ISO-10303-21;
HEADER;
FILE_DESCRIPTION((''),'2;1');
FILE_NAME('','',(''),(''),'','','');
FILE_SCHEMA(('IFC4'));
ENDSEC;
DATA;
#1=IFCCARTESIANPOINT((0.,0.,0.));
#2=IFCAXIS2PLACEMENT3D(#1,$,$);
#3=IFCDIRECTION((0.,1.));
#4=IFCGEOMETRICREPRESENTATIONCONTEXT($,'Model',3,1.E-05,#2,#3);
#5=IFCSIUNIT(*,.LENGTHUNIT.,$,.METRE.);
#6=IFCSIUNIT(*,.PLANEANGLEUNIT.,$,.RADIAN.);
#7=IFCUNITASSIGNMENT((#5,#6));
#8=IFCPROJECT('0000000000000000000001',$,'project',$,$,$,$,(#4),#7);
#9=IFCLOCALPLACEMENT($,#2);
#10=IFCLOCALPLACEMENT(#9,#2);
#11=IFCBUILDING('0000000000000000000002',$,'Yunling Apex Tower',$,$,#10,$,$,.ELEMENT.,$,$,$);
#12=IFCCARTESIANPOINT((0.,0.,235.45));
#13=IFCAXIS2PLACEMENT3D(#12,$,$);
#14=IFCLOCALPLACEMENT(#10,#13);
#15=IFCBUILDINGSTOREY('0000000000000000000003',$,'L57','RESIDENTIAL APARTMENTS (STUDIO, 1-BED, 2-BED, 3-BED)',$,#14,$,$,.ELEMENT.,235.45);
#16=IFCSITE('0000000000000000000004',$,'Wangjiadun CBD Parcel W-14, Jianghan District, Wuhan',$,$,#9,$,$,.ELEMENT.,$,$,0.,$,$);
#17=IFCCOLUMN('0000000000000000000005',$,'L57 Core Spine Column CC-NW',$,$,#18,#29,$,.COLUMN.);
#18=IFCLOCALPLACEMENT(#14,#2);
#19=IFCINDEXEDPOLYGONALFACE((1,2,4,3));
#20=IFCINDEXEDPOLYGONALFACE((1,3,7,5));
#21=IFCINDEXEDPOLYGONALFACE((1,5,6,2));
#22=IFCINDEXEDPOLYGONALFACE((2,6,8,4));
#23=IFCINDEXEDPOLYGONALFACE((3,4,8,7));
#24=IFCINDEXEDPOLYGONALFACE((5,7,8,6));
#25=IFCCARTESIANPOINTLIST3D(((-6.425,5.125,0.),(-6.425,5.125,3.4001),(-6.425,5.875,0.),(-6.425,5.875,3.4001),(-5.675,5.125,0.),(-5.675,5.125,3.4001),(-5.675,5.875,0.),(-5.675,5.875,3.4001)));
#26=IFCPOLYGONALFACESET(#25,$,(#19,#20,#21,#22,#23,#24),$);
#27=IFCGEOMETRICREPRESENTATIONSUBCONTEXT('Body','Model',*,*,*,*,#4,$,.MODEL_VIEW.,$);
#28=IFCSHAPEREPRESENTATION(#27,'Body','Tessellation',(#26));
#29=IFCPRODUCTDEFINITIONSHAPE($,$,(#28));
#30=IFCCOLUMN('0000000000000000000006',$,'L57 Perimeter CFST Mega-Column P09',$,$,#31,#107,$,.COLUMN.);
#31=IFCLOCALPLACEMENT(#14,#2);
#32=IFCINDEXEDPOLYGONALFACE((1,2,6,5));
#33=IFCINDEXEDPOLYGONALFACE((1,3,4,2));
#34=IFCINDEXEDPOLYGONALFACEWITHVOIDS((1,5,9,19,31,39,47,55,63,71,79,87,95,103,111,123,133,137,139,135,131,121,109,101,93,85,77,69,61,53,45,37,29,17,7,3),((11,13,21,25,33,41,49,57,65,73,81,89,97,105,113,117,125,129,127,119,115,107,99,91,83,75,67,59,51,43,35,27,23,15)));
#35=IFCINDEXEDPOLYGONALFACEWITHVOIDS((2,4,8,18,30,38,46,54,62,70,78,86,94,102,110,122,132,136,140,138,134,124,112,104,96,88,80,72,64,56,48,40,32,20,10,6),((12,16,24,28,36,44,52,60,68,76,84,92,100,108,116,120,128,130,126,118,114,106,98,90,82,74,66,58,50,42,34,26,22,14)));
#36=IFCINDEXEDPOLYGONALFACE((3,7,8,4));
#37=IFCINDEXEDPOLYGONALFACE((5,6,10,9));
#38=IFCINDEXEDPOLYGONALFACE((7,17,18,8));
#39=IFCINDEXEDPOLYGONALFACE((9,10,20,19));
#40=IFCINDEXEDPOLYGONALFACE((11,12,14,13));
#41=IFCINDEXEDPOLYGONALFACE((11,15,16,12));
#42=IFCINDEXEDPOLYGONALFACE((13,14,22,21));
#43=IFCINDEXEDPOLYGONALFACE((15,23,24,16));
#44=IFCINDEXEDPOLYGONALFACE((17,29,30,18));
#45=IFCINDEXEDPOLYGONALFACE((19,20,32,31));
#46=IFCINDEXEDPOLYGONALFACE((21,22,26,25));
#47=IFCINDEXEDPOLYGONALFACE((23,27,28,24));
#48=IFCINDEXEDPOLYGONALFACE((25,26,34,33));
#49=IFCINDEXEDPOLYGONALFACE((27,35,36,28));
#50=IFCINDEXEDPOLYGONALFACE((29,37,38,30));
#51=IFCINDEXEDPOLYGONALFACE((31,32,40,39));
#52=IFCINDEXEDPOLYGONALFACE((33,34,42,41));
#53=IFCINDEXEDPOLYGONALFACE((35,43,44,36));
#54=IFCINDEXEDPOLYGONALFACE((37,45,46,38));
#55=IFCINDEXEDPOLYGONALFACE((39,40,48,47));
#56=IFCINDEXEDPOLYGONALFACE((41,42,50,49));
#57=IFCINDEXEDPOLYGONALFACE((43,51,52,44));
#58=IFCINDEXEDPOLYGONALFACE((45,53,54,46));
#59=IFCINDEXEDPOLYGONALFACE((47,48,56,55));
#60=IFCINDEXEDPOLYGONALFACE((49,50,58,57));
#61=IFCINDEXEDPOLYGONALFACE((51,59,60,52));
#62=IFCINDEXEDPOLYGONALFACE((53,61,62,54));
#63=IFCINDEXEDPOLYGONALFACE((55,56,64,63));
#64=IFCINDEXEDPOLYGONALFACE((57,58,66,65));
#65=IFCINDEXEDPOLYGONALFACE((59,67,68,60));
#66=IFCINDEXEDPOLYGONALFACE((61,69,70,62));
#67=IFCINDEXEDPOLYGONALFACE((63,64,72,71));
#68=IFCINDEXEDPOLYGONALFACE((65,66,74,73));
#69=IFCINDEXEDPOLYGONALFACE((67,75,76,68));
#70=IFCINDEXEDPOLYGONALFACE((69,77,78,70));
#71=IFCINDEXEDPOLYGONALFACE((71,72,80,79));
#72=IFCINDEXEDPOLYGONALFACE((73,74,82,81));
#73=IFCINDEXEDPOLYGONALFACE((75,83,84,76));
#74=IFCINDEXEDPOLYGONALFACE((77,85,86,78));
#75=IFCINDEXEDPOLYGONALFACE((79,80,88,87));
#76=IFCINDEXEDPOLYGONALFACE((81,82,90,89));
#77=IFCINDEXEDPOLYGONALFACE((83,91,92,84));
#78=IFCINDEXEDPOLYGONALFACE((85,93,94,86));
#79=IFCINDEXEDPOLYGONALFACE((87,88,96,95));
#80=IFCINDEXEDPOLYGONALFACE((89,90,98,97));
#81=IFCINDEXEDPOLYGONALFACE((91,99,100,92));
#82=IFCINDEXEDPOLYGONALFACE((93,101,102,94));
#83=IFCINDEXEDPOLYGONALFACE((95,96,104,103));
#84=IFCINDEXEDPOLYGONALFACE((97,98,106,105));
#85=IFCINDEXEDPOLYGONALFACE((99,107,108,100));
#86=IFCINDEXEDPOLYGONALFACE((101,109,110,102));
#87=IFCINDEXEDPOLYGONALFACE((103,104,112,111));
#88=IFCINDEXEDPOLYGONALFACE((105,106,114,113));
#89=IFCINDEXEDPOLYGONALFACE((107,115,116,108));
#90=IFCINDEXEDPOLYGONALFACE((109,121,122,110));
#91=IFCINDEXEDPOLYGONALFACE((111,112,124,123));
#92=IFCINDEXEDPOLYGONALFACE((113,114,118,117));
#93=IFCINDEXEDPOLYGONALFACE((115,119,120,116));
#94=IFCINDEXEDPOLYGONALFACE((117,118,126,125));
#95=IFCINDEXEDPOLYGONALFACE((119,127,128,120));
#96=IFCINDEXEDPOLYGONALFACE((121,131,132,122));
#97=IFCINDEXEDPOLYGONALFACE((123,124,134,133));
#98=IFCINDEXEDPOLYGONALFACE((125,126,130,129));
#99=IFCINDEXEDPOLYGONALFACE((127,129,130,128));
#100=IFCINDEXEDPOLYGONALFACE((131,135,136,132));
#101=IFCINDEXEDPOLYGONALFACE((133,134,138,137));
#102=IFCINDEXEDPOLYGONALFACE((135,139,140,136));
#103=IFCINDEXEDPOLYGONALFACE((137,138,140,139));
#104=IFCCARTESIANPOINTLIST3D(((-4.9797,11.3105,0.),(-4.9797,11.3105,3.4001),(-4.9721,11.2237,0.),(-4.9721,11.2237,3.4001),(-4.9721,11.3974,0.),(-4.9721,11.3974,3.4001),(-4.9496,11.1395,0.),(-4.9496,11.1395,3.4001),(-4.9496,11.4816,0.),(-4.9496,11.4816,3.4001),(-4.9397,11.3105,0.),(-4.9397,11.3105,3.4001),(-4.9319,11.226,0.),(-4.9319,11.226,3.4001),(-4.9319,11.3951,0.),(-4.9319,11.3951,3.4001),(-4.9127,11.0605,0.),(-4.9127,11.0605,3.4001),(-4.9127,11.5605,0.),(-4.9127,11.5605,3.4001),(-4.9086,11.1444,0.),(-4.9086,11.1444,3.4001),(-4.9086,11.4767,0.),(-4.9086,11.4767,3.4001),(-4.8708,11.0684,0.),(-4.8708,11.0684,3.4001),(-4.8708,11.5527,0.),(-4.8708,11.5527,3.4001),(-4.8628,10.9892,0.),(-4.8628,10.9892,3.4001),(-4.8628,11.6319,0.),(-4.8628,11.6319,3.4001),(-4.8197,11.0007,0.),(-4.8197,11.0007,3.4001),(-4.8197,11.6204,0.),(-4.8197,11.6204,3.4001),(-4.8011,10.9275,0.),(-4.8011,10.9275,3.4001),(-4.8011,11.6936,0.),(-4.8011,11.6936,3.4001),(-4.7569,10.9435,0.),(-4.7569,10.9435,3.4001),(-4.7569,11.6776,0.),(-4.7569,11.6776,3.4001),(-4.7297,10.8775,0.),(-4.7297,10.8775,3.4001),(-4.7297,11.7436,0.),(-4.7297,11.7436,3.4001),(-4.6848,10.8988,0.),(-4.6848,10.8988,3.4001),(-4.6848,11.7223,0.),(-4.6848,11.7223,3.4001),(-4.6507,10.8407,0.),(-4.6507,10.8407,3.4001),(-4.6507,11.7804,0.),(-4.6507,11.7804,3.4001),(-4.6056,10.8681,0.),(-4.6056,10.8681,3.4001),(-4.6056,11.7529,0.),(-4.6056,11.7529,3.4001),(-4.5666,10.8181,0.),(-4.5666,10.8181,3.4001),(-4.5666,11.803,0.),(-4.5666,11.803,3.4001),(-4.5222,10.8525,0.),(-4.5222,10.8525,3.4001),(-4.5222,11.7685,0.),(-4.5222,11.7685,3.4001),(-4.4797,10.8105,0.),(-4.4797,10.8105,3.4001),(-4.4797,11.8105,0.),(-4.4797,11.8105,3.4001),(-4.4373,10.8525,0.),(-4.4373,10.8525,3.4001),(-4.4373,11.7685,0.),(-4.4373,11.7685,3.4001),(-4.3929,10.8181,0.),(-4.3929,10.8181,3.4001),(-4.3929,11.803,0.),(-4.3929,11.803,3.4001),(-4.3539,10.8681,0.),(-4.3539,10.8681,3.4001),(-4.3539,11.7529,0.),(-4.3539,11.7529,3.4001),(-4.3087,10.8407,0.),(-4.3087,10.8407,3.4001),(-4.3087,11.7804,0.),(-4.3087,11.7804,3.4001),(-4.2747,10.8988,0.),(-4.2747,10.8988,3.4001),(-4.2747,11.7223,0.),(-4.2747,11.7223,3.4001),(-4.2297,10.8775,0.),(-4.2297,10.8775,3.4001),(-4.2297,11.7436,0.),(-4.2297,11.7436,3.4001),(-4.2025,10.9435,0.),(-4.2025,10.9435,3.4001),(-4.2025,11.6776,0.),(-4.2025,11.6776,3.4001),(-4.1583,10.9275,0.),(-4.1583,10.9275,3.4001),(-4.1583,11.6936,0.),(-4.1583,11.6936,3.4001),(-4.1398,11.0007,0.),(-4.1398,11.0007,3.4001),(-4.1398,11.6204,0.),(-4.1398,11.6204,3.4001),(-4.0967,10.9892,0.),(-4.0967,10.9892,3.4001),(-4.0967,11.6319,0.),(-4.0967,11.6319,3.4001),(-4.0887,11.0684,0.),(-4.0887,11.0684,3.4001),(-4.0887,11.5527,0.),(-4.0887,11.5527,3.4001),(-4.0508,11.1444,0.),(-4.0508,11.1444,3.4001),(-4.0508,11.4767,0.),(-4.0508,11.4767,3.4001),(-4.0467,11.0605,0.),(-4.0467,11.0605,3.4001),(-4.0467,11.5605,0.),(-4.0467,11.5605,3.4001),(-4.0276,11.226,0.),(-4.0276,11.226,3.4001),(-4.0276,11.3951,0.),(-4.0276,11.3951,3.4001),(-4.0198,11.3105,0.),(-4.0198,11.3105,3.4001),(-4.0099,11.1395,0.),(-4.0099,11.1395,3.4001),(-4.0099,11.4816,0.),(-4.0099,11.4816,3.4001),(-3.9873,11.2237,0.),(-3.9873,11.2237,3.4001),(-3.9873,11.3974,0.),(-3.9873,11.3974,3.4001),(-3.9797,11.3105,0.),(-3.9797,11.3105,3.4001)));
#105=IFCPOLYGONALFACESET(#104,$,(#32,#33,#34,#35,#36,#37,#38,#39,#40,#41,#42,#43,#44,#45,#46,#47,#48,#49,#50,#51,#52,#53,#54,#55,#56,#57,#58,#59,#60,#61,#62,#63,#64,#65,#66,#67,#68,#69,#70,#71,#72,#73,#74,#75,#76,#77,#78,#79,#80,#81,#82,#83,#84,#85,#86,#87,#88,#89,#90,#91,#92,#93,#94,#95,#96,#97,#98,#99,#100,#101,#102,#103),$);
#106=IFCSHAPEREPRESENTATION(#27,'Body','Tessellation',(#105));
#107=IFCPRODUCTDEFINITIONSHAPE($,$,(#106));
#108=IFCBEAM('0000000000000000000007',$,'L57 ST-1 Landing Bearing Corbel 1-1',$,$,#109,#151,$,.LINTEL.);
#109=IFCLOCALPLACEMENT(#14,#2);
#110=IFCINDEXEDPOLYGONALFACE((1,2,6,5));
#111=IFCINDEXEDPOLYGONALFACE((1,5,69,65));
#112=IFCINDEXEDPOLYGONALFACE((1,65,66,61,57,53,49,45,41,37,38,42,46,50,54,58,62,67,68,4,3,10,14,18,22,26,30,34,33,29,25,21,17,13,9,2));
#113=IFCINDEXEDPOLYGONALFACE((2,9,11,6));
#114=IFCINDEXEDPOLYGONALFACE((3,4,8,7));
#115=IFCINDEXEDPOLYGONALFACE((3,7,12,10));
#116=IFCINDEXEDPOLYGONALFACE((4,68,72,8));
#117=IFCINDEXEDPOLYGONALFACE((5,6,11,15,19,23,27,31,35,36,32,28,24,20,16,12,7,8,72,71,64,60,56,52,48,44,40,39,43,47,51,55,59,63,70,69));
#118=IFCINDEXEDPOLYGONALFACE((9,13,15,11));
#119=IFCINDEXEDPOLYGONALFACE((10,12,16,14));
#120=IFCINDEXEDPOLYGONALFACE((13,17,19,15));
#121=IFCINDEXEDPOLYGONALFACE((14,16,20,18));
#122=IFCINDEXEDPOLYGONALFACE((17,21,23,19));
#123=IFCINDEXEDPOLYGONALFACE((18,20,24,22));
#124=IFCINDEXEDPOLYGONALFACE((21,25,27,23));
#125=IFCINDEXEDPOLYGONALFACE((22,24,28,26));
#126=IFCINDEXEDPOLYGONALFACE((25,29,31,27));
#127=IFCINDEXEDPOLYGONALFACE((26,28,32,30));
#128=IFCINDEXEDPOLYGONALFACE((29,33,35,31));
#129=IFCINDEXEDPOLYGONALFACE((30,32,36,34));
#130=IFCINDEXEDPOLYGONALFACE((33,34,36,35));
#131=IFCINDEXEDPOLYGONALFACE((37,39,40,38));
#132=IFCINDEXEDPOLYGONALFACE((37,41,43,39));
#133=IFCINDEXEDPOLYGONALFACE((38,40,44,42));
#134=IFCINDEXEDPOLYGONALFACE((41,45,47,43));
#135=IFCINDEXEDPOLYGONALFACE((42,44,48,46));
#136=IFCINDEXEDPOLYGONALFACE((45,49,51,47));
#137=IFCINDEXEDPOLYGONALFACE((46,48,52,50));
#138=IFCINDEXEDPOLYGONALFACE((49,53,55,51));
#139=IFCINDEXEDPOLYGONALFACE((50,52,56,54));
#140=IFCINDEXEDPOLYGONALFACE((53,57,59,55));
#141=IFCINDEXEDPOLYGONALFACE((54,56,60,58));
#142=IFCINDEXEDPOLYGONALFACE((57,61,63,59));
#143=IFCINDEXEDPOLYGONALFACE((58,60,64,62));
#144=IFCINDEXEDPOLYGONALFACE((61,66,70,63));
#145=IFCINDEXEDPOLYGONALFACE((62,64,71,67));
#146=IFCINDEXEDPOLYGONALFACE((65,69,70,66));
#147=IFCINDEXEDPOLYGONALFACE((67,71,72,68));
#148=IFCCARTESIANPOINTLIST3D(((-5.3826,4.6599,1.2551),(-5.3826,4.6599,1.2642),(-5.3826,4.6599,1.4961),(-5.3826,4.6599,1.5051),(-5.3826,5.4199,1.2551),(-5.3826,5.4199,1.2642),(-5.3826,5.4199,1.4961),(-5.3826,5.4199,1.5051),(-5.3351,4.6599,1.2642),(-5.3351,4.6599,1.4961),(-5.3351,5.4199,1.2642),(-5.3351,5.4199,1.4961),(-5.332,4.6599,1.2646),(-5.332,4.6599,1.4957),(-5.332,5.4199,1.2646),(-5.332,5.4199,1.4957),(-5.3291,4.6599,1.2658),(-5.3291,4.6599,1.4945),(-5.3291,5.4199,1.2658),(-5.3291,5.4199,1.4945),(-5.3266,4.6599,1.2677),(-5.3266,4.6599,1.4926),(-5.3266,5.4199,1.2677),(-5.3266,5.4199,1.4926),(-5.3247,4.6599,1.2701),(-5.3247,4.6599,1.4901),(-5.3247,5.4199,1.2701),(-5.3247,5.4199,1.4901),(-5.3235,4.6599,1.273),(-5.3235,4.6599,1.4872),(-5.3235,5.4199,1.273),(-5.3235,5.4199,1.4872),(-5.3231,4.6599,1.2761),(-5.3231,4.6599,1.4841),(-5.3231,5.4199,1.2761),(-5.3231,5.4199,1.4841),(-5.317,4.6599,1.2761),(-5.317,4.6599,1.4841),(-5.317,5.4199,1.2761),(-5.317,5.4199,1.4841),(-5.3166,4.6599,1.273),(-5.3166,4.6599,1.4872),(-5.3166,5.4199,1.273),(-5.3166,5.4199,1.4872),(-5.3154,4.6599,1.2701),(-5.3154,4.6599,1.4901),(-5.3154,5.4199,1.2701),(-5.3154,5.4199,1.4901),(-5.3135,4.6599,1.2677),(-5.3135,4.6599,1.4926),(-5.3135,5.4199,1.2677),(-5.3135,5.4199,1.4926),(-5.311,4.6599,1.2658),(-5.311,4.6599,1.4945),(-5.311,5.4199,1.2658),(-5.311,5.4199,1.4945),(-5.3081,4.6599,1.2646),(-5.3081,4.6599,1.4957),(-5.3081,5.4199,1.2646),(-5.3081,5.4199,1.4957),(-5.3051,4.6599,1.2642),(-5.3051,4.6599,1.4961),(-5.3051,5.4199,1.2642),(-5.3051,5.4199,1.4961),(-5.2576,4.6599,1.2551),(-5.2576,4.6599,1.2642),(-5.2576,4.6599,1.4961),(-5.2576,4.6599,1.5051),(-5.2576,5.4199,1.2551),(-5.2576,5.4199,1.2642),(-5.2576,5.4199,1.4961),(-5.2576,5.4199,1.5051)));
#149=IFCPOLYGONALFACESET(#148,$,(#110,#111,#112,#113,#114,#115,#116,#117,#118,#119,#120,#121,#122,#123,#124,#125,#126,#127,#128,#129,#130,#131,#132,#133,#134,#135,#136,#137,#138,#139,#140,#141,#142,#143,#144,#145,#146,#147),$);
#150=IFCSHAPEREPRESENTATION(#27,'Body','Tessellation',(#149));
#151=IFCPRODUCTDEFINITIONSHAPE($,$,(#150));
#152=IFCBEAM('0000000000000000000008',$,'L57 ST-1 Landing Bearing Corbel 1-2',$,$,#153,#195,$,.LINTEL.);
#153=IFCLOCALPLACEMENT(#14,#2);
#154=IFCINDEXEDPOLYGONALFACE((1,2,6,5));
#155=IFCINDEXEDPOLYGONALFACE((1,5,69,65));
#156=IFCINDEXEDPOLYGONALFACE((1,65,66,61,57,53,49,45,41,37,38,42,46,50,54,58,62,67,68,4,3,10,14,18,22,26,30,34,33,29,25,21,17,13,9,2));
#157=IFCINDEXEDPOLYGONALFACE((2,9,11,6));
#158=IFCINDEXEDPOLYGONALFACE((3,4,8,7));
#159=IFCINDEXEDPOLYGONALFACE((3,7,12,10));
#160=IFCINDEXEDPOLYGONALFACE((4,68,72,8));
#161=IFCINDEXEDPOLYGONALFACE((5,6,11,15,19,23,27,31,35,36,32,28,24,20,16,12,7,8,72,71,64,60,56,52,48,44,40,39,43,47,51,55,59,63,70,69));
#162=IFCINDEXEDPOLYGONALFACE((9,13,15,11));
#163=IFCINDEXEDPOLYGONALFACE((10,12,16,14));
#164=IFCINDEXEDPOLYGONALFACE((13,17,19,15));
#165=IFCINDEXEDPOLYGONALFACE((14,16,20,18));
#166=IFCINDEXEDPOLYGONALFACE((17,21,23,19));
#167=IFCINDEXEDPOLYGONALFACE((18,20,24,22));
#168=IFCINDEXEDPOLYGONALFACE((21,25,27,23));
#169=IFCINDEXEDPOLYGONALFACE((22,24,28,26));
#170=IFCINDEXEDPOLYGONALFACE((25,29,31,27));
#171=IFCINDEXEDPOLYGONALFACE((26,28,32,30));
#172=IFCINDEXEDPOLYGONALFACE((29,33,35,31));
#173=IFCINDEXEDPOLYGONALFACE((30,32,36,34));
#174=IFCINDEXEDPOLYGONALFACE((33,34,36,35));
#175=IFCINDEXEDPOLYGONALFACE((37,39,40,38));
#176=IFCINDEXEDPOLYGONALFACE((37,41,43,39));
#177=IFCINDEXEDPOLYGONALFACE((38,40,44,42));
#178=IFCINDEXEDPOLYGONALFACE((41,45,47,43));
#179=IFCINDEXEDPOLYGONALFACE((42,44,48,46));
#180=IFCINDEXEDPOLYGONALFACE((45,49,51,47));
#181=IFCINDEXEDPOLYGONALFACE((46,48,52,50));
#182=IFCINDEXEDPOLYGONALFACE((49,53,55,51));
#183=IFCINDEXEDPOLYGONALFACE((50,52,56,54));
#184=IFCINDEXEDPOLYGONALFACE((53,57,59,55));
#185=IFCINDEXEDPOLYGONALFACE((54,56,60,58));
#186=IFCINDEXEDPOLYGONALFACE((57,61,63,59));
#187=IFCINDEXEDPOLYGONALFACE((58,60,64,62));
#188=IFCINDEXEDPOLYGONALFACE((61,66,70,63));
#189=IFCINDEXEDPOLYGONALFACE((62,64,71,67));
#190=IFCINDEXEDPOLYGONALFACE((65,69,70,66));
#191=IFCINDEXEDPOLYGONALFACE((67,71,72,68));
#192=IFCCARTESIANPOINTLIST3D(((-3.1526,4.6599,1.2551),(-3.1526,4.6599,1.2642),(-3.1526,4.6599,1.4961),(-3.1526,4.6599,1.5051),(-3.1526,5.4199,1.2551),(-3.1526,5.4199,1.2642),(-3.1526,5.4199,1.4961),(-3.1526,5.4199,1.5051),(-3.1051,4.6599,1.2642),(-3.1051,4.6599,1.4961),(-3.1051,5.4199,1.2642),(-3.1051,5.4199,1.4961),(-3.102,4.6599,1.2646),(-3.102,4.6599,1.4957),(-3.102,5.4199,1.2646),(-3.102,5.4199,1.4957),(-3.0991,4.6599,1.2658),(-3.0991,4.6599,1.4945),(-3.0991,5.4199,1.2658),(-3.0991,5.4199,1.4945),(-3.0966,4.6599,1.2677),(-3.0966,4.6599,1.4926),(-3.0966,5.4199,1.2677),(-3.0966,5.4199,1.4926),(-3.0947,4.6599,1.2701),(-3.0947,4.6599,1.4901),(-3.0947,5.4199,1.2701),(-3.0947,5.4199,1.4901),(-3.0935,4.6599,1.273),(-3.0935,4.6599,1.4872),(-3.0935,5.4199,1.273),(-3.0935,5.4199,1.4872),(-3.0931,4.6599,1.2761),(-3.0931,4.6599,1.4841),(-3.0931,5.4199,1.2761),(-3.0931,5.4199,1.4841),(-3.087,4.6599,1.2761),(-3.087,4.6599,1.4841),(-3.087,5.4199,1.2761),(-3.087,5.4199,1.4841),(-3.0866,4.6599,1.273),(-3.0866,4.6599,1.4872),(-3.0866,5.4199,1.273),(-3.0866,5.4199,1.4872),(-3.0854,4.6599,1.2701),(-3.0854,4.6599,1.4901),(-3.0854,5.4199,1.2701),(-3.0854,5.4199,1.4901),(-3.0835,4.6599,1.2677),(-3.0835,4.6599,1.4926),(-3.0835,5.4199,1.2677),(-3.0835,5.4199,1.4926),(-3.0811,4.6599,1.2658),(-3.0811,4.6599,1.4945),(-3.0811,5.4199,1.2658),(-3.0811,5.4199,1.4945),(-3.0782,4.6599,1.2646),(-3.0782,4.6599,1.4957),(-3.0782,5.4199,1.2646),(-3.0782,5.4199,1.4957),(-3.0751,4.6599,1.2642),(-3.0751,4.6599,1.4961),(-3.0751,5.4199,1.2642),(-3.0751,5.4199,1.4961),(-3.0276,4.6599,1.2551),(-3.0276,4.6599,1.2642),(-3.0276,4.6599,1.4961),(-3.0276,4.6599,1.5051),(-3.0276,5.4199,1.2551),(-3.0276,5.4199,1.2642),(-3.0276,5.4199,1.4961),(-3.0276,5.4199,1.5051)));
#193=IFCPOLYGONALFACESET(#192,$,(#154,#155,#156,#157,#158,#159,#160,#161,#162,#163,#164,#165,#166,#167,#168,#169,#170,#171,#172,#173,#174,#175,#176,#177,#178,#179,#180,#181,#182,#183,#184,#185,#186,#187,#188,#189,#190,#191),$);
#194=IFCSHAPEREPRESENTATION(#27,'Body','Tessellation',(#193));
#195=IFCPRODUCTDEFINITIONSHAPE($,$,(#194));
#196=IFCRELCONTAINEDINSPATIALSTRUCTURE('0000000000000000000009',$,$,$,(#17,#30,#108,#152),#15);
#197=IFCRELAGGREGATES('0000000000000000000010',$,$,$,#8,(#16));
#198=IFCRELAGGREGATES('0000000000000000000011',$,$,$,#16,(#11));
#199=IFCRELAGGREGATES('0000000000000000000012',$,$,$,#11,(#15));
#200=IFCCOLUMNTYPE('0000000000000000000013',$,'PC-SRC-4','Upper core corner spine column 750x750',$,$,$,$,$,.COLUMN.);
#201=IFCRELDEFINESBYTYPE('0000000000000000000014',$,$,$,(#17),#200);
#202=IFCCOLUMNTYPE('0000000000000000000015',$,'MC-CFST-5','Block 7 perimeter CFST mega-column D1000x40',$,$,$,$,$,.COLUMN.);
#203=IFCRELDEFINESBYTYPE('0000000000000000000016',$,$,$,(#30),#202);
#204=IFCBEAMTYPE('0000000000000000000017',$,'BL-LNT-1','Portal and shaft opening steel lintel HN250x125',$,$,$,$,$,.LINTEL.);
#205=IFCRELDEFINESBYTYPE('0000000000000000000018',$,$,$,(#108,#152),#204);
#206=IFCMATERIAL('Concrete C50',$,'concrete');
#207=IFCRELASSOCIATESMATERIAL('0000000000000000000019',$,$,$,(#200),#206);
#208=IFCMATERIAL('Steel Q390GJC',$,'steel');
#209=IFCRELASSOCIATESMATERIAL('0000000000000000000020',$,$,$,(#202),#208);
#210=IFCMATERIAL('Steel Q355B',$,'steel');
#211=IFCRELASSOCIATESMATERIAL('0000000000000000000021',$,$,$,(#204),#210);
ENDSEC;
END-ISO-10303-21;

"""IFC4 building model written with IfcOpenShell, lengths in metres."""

from ifc_helpers import new_model, si_unit, direction, frame, origin, origin_2d, place, context, subcontext, project, spatial, rectangle, hollow_circle, i_section, extrude, source, transform, mapped, material, material_profile, profile_set, type_object, element, save


model = new_model("IFC4")

# Units and contexts
model_context = context("Model", 3, precision=1e-05, world=origin(), true_north=direction((0.0, 1.0)))
body_context = subcontext(model_context, "Body", "Model", "MODEL_VIEW")
ifc_project = project(units=[si_unit("LENGTHUNIT", "METRE"), si_unit("PLANEANGLEUNIT", "RADIAN")], contexts=[model_context])

# Site, building, storey
site_placement = place(None, origin())
site = spatial("IfcSite", under=ifc_project, at=site_placement, Name="Wangjiadun CBD Parcel W-14, Jianghan District, Wuhan", CompositionType="ELEMENT", RefElevation=0.0)
building_placement = place(site_placement, origin())
building = spatial("IfcBuilding", under=site, at=building_placement, Name="Yunling Apex Tower", CompositionType="ELEMENT")
storey_placement = place(building_placement, frame((0.0, 0.0, 235.45)))
storey = spatial("IfcBuildingStorey", under=building, at=storey_placement, Name="L57", Description="RESIDENTIAL APARTMENTS (STUDIO, 1-BED, 2-BED, 3-BED)", CompositionType="ELEMENT", Elevation=235.45)

# Columns
ifc_material_1 = material(Name="Concrete C50", Category="concrete")
ifc_material_profile_1 = material_profile(ifc_material_1, rectangle(XDim=0.75, YDim=0.75, at=origin_2d()))
ifc_profile_set_1 = profile_set([ifc_material_profile_1], Name="Concrete C50")
column_type_1 = type_object("IfcColumnType", Name="PC-SRC-4", Description="Upper core corner spine column 750x750", PredefinedType="COLUMN", material=ifc_profile_set_1)
shared_shape_1 = source(origin(), body_context, "Body", "SweptSolid", [
    extrude(rectangle(XDim=0.75, YDim=0.75, at=origin_2d()), origin(), (0.0, 0.0, 1.0), 3.4001),
])
column_1_placement = place(storey_placement, frame((-6.05, 5.5, 0.0), z_axis=(0.0, 0.0, 1.0), x_axis=(1.0, 0.0, 0.0)))
element("IfcColumn", 1, at=column_1_placement, inside=storey, type_object=column_type_1, Name="L57 Core Spine Column CC-NW", PredefinedType="COLUMN", context=body_context, shape_type="MappedRepresentation", body=[
    mapped(shared_shape_1, transform((0.0, 0.0, 0.0), scale=1.0)),
])
ifc_material_2 = material(Name="Steel Q390GJC", Category="steel")
ifc_material_profile_2 = material_profile(ifc_material_2, hollow_circle(Radius=0.5, WallThickness=0.04, at=origin_2d()))
ifc_profile_set_2 = profile_set([ifc_material_profile_2], Name="Steel Q390GJC")
column_type_2 = type_object("IfcColumnType", Name="MC-CFST-5", Description="Block 7 perimeter CFST mega-column D1000x40", PredefinedType="COLUMN", material=ifc_profile_set_2)
shared_shape_2 = source(origin(), body_context, "Body", "SweptSolid", [
    extrude(hollow_circle(Radius=0.5, WallThickness=0.04, at=origin_2d()), origin(), (0.0, 0.0, 1.0), 3.4001),
])
column_2_placement = place(storey_placement, frame((-4.4797, 11.3105, 0.0), z_axis=(0.0, 0.0, 1.0), x_axis=(1.0, 0.0, 0.0)))
element("IfcColumn", 2, at=column_2_placement, inside=storey, type_object=column_type_2, Name="L57 Perimeter CFST Mega-Column P09", PredefinedType="COLUMN", context=body_context, shape_type="MappedRepresentation", body=[
    mapped(shared_shape_2, transform((0.0, 0.0, 0.0), scale=1.0)),
])

# Beams
ifc_material_3 = material(Name="Steel Q355B", Category="steel")
ifc_material_profile_3 = material_profile(ifc_material_3, i_section(OverallWidth=0.125, OverallDepth=0.25, WebThickness=0.0061, FlangeThickness=0.009, FilletRadius=0.012, at=origin_2d()))
ifc_profile_set_3 = profile_set([ifc_material_profile_3], Name="Steel Q355B")
beam_type_1 = type_object("IfcBeamType", Name="BL-LNT-1", Description="Portal and shaft opening steel lintel HN250x125", PredefinedType="LINTEL", material=ifc_profile_set_3)
shared_shape_3 = source(origin(), body_context, "Body", "SweptSolid", [
    extrude(i_section(OverallWidth=0.125, OverallDepth=0.25, WebThickness=0.0061, FlangeThickness=0.009, FilletRadius=0.012, at=origin_2d()), origin(), (0.0, 0.0, 1.0), 0.76),
])
for number, where, z_axis, x_axis, name in (
    (3, (-5.3201, 5.4199, 1.3801), (0.0, -1.0, 0.0), (1.0, 0.0, 0.0), "L57 ST-1 Landing Bearing Corbel 1-1"),
    (4, (-3.0901, 5.4199, 1.3801), (0.0, -1.0, 0.0), (1.0, 0.0, 0.0), "L57 ST-1 Landing Bearing Corbel 1-2"),
):
    element("IfcBeam", number, at=place(storey_placement, frame(where, z_axis=z_axis, x_axis=x_axis)), inside=storey, type_object=beam_type_1, Name=name, PredefinedType="LINTEL", context=body_context, shape_type="MappedRepresentation", body=[
        mapped(shared_shape_3, transform((0.0, 0.0, 0.0), scale=1.0)),
    ])

save(model, "model.ifc")
